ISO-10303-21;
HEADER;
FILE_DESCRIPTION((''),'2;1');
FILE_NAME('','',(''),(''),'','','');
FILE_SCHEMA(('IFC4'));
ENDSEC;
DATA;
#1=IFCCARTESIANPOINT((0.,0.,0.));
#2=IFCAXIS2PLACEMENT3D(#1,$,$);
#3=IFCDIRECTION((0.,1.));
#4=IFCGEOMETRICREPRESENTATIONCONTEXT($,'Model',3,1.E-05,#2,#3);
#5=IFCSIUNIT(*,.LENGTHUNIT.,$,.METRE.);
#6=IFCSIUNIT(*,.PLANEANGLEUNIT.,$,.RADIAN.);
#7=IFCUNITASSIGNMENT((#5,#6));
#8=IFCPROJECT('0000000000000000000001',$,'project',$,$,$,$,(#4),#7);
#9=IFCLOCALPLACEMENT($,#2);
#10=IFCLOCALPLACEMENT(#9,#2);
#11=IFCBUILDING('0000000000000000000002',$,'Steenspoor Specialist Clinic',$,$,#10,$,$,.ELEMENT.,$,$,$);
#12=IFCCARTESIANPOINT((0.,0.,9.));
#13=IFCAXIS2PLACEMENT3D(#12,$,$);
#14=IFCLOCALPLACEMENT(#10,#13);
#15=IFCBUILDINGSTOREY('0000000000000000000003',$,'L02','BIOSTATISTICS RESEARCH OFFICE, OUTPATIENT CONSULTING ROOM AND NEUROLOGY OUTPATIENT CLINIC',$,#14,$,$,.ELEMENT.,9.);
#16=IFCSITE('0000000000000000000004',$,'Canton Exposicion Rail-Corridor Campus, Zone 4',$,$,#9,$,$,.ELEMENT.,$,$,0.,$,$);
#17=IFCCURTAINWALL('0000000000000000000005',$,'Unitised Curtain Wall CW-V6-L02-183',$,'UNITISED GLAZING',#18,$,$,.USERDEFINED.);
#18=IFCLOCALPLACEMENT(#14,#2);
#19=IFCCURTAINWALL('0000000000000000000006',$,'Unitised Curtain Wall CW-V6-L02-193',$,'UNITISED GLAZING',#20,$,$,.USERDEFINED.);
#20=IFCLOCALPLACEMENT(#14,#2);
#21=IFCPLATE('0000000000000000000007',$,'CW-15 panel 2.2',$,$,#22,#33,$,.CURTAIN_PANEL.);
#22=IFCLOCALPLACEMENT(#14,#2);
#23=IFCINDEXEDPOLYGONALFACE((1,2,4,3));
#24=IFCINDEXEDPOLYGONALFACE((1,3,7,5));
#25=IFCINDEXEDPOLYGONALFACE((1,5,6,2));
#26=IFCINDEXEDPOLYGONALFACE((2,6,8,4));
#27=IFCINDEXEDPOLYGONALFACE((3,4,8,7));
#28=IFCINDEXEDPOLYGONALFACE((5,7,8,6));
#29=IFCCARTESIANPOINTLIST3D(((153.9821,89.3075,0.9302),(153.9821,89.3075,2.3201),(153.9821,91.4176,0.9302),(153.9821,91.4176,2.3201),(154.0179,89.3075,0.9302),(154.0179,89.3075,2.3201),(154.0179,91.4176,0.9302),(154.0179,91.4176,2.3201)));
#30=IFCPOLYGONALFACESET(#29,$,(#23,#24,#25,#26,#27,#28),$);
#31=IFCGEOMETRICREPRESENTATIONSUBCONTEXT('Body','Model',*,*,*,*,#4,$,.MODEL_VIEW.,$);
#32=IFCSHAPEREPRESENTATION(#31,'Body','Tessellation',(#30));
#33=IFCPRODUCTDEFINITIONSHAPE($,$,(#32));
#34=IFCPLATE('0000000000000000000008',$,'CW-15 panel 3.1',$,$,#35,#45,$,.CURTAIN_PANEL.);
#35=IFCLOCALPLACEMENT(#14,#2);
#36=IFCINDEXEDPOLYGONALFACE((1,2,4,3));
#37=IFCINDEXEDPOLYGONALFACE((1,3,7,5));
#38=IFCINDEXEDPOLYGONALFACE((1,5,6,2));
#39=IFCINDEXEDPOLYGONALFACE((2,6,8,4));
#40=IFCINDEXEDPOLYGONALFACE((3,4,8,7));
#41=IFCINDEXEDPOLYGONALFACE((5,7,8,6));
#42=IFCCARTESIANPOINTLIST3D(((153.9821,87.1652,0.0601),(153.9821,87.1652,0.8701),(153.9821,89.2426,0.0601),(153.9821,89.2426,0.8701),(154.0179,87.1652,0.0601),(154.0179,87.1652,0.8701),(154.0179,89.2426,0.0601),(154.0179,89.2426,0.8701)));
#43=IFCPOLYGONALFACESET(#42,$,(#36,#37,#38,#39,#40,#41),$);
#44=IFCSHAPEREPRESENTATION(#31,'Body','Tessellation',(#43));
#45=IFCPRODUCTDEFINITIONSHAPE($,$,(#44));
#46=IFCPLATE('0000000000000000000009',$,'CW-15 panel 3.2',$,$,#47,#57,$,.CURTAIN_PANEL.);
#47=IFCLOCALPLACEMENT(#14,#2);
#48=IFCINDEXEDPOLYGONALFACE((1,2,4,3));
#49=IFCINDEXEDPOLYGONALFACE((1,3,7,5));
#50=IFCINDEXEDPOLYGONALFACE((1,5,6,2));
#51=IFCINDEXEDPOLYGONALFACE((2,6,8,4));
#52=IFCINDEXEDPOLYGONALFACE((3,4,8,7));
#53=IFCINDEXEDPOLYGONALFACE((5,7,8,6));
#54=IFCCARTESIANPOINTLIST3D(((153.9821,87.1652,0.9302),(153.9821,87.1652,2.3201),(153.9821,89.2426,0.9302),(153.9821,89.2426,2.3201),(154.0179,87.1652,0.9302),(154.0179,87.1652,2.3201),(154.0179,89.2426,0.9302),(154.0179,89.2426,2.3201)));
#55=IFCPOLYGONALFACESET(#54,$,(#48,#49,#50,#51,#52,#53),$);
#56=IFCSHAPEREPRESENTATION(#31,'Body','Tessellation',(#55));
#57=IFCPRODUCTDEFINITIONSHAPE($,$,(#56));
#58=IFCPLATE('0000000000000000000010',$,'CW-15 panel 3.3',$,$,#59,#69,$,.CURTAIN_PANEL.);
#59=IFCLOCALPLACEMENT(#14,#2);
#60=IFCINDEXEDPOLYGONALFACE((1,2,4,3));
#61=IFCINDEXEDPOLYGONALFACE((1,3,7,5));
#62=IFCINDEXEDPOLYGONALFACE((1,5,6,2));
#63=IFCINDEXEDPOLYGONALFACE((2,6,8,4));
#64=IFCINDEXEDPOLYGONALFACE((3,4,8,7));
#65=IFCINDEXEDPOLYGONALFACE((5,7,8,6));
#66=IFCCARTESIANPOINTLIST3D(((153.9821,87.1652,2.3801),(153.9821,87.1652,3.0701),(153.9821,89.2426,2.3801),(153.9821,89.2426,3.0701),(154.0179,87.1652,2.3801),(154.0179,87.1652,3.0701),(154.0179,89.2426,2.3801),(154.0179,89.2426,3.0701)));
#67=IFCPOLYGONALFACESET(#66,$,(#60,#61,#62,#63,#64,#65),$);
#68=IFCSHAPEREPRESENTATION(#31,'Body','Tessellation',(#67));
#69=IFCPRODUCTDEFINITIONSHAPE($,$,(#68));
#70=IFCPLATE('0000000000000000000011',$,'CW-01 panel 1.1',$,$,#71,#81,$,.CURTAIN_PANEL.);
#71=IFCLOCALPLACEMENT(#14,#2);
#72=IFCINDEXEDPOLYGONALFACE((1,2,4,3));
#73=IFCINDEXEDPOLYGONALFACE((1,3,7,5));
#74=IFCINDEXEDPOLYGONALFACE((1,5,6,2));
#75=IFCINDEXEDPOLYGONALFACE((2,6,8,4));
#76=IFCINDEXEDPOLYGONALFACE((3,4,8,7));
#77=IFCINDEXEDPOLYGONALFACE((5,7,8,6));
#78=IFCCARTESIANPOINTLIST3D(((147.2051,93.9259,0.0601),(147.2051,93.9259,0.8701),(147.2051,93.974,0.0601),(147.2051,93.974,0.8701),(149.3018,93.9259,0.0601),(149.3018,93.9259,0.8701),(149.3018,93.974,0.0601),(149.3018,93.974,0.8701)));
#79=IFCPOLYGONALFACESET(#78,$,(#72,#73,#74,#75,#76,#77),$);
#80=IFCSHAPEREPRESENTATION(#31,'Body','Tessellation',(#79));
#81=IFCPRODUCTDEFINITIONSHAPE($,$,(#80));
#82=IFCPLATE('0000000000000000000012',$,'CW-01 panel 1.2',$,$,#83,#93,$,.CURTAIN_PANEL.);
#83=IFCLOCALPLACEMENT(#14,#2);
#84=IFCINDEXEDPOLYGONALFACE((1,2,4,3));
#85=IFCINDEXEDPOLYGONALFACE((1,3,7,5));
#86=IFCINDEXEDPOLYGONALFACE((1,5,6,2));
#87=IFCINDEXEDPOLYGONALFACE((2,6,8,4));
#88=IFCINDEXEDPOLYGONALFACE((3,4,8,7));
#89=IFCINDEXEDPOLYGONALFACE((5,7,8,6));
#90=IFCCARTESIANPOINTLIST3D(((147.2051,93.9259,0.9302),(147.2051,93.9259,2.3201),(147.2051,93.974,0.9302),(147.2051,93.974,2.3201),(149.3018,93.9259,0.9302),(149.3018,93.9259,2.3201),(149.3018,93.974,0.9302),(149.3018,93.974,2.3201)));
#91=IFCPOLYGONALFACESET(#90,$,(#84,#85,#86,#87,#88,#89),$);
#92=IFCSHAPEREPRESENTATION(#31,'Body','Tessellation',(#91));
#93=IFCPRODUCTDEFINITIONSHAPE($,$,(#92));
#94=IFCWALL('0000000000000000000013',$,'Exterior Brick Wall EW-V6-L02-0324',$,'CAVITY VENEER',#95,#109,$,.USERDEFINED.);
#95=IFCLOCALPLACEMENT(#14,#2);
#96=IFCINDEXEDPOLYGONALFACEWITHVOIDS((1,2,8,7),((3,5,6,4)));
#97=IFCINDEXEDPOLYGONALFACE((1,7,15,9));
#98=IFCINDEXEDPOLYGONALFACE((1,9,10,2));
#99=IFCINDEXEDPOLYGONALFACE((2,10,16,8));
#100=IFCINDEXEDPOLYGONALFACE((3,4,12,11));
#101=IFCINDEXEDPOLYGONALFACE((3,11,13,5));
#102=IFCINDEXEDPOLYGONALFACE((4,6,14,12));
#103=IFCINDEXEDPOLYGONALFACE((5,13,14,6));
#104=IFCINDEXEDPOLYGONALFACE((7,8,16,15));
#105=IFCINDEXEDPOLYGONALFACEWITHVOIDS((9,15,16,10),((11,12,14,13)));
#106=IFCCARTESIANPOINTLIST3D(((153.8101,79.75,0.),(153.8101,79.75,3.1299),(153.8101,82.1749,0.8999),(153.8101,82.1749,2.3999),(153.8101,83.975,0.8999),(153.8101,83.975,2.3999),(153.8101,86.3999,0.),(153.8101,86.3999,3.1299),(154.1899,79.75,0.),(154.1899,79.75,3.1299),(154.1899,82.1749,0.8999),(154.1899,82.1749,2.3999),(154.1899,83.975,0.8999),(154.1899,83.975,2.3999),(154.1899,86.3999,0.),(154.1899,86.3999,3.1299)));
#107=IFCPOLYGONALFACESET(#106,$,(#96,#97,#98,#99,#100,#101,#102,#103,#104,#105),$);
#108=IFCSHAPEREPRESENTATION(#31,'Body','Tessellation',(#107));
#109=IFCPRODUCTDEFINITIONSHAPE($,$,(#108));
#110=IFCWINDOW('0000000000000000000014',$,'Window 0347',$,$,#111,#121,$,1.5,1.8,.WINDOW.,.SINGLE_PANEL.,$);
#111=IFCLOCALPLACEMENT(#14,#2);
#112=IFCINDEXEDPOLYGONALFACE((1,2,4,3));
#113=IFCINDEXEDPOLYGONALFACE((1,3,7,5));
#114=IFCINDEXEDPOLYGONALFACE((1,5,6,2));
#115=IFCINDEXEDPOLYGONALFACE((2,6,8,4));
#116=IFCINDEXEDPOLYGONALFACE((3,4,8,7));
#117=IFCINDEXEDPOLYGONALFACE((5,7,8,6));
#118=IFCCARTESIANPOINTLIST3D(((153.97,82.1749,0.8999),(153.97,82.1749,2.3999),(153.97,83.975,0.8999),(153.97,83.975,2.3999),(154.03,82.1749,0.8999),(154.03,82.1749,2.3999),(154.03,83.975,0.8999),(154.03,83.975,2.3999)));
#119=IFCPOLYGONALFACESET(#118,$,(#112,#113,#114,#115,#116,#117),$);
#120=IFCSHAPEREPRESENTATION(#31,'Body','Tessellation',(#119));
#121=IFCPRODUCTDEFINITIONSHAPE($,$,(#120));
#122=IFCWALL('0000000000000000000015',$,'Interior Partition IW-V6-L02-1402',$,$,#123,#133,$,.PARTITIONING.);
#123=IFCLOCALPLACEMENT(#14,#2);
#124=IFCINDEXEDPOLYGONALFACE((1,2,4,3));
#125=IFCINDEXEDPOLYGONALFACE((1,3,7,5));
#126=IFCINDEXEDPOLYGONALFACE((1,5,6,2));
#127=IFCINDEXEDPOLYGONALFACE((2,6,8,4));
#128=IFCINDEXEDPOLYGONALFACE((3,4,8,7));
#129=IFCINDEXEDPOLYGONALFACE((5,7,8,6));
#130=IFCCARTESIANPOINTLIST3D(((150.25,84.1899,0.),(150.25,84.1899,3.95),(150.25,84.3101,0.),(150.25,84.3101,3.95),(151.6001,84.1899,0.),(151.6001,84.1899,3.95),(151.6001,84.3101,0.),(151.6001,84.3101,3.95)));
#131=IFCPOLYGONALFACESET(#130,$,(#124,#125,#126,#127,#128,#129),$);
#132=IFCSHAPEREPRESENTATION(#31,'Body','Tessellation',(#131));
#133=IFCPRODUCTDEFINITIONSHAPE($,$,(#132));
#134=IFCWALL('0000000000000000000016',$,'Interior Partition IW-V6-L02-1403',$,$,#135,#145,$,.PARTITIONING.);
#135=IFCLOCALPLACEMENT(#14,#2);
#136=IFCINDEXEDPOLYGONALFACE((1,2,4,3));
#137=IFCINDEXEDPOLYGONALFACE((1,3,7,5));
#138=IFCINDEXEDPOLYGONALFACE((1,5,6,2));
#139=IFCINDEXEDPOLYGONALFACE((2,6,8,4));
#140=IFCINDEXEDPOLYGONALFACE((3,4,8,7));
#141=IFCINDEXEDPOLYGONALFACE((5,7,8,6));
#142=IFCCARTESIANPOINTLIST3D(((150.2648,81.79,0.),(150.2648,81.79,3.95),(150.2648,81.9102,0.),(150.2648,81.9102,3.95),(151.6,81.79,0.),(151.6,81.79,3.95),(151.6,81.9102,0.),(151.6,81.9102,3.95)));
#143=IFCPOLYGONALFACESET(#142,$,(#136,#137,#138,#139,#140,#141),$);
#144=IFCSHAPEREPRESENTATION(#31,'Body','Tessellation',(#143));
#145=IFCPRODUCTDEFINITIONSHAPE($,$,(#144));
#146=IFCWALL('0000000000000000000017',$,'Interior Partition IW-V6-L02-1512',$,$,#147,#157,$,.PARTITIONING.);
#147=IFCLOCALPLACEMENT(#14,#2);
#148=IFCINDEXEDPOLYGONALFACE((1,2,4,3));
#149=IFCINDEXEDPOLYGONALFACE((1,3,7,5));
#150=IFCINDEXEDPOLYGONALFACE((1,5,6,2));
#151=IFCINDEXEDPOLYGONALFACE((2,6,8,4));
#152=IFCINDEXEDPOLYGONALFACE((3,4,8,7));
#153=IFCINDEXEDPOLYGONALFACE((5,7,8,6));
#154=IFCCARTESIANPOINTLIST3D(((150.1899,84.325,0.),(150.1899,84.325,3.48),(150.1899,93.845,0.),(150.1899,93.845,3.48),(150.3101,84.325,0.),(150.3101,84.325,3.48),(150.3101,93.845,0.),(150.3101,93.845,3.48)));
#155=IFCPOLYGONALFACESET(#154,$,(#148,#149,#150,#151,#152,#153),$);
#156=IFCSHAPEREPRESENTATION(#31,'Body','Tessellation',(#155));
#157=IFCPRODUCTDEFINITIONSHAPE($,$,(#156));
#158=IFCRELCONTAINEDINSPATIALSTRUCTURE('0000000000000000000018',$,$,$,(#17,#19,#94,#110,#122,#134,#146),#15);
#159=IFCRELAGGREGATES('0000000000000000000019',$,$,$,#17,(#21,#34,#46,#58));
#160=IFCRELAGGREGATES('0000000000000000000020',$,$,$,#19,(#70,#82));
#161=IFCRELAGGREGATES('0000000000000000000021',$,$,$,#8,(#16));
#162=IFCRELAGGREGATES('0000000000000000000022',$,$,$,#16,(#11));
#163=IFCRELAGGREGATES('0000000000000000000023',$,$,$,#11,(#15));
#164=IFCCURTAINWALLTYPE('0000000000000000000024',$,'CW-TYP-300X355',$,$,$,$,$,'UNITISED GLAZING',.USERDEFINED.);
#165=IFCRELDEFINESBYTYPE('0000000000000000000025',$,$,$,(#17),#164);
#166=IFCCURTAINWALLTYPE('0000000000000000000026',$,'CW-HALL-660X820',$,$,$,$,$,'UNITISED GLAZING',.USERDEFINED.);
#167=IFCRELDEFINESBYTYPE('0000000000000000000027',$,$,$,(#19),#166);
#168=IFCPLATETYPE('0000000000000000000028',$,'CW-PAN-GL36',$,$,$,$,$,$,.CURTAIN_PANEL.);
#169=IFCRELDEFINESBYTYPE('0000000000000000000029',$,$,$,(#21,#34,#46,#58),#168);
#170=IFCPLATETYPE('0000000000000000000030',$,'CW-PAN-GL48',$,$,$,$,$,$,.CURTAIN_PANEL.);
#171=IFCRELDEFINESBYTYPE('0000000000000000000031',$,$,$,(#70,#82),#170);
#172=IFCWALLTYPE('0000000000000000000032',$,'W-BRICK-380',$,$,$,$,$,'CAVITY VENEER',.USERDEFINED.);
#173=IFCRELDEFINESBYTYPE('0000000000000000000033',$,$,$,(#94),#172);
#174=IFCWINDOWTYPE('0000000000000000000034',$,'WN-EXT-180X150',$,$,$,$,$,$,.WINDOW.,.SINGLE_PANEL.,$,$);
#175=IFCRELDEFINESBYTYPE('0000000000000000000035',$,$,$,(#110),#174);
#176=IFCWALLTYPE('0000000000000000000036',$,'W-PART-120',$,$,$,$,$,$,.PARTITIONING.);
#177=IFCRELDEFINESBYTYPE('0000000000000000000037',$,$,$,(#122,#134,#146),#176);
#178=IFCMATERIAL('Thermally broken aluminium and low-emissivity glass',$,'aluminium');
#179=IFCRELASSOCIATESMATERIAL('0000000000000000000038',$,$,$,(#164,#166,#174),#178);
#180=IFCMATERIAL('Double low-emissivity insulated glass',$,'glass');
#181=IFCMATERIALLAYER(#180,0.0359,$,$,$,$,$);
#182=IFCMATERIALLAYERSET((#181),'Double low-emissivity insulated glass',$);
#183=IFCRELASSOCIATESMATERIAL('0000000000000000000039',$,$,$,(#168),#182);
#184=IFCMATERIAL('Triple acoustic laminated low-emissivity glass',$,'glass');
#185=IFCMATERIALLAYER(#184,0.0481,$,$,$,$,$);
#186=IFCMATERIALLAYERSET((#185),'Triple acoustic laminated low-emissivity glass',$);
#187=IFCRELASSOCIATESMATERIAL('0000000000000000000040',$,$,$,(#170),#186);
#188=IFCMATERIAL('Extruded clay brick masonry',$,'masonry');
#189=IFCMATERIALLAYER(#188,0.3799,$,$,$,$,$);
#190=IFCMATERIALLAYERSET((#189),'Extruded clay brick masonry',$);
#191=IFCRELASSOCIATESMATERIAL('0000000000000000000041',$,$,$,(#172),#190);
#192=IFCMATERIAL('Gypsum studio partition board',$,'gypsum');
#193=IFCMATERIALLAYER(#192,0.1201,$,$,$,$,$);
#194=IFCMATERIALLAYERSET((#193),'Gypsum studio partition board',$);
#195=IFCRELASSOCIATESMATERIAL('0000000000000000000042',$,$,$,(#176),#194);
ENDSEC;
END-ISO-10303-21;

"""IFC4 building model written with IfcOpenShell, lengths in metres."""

from ifc_helpers import new_model, si_unit, direction, frame, frame_2d, origin, origin_2d, place, context, subcontext, project, spatial, rectangle, extrude, material, layer, layer_set, type_object, element, fill, aggregate, save


model = new_model("IFC4")

# Units and contexts
model_context = context("Model", 3, precision=1e-05, world=origin(), true_north=direction((0.0, 1.0)))
body_context = subcontext(model_context, "Body", "Model", "MODEL_VIEW")
ifc_project = project(units=[si_unit("LENGTHUNIT", "METRE"), si_unit("PLANEANGLEUNIT", "RADIAN")], contexts=[model_context])

# Site, building, storey
site_placement = place(None, origin())
site = spatial("IfcSite", under=ifc_project, at=site_placement, Name="Canton Exposicion Rail-Corridor Campus, Zone 4", CompositionType="ELEMENT", RefElevation=0.0)
building_placement = place(site_placement, origin())
building = spatial("IfcBuilding", under=site, at=building_placement, Name="Steenspoor Specialist Clinic", CompositionType="ELEMENT")
storey_placement = place(building_placement, frame((0.0, 0.0, 9.0)))
storey = spatial("IfcBuildingStorey", under=building, at=storey_placement, Name="L02", Description="BIOSTATISTICS RESEARCH OFFICE, OUTPATIENT CONSULTING ROOM AND NEUROLOGY OUTPATIENT CLINIC", CompositionType="ELEMENT", Elevation=9.0)

# Curtain wall
ifc_material_1 = material(Name="Thermally broken aluminium and low-emissivity glass", Category="aluminium")
curtain_wall_type_1 = type_object("IfcCurtainWallType", Name="CW-TYP-300X355", ElementType="UNITISED GLAZING", PredefinedType="USERDEFINED", material=ifc_material_1)
curtain_wall_1_placement = place(storey_placement, origin())
curtain_wall_1 = element("IfcCurtainWall", 1, at=curtain_wall_1_placement, inside=storey, type_object=curtain_wall_type_1, Name="Unitised Curtain Wall CW-V6-L02-183", ObjectType="UNITISED GLAZING", PredefinedType="USERDEFINED")

# Curtain wall
curtain_wall_type_2 = type_object("IfcCurtainWallType", Name="CW-HALL-660X820", ElementType="UNITISED GLAZING", PredefinedType="USERDEFINED", material=ifc_material_1)
curtain_wall_2_placement = place(storey_placement, origin())
curtain_wall_2 = element("IfcCurtainWall", 2, at=curtain_wall_2_placement, inside=storey, type_object=curtain_wall_type_2, Name="Unitised Curtain Wall CW-V6-L02-193", ObjectType="UNITISED GLAZING", PredefinedType="USERDEFINED")

# Plates
ifc_material_2 = material(Name="Double low-emissivity insulated glass", Category="glass")
ifc_layer_1 = layer(ifc_material_2, 0.0359)
ifc_layer_set_1 = layer_set([ifc_layer_1], Name="Double low-emissivity insulated glass")
plate_type_1 = type_object("IfcPlateType", Name="CW-PAN-GL36", PredefinedType="CURTAIN_PANEL", material=ifc_layer_set_1)
plate_1_placement = place(storey_placement, frame((154.0, 90.3625, 0.9302), z_axis=(0.0, 0.0, 1.0), x_axis=(0.0, -1.0, 0.0)))
plate_1 = element("IfcPlate", 3, at=plate_1_placement, type_object=plate_type_1, Name="CW-15 panel 2.2", PredefinedType="CURTAIN_PANEL", context=body_context, shape_type="SweptSolid", body=[
    extrude(rectangle(XDim=2.1101, YDim=0.0359, at=origin_2d()), origin(), (0.0, 0.0, 1.0), 1.3899),
])
plate_2_placement = place(storey_placement, frame((154.0, 88.2039, 0.0601), z_axis=(0.0, 0.0, 1.0), x_axis=(0.0, -1.0, 0.0)))
plate_2 = element("IfcPlate", 4, at=plate_2_placement, type_object=plate_type_1, Name="CW-15 panel 3.1", PredefinedType="CURTAIN_PANEL", context=body_context, shape_type="SweptSolid", body=[
    extrude(rectangle(XDim=2.0774, YDim=0.0359, at=origin_2d()), origin(), (0.0, 0.0, 1.0), 0.8101),
])
plate_3_placement = place(storey_placement, frame((154.0, 88.2039, 0.9302), z_axis=(0.0, 0.0, 1.0), x_axis=(0.0, -1.0, 0.0)))
plate_3 = element("IfcPlate", 5, at=plate_3_placement, type_object=plate_type_1, Name="CW-15 panel 3.2", PredefinedType="CURTAIN_PANEL", context=body_context, shape_type="SweptSolid", body=[
    extrude(rectangle(XDim=2.0774, YDim=0.0359, at=origin_2d()), origin(), (0.0, 0.0, 1.0), 1.3899),
])
plate_4_placement = place(storey_placement, frame((154.0, 88.2039, 2.3801), z_axis=(0.0, 0.0, 1.0), x_axis=(0.0, -1.0, 0.0)))
plate_4 = element("IfcPlate", 6, at=plate_4_placement, type_object=plate_type_1, Name="CW-15 panel 3.3", PredefinedType="CURTAIN_PANEL", context=body_context, shape_type="SweptSolid", body=[
    extrude(rectangle(XDim=2.0774, YDim=0.0359, at=origin_2d()), origin(), (0.0, 0.0, 1.0), 0.6899),
])
aggregate(curtain_wall_1, [plate_1, plate_2, plate_3, plate_4])
ifc_material_3 = material(Name="Triple acoustic laminated low-emissivity glass", Category="glass")
ifc_layer_2 = layer(ifc_material_3, 0.0481)
ifc_layer_set_2 = layer_set([ifc_layer_2], Name="Triple acoustic laminated low-emissivity glass")
plate_type_2 = type_object("IfcPlateType", Name="CW-PAN-GL48", PredefinedType="CURTAIN_PANEL", material=ifc_layer_set_2)
plate_5_placement = place(storey_placement, frame((148.2534, 93.95, 0.0601), z_axis=(0.0, 0.0, 1.0), x_axis=(1.0, 0.0, 0.0)))
plate_5 = element("IfcPlate", 7, at=plate_5_placement, type_object=plate_type_2, Name="CW-01 panel 1.1", PredefinedType="CURTAIN_PANEL", context=body_context, shape_type="SweptSolid", body=[
    extrude(rectangle(XDim=2.0967, YDim=0.0481, at=origin_2d()), origin(), (0.0, 0.0, 1.0), 0.8101),
])
plate_6_placement = place(storey_placement, frame((148.2534, 93.95, 0.9302), z_axis=(0.0, 0.0, 1.0), x_axis=(1.0, 0.0, 0.0)))
plate_6 = element("IfcPlate", 8, at=plate_6_placement, type_object=plate_type_2, Name="CW-01 panel 1.2", PredefinedType="CURTAIN_PANEL", context=body_context, shape_type="SweptSolid", body=[
    extrude(rectangle(XDim=2.0967, YDim=0.0481, at=origin_2d()), origin(), (0.0, 0.0, 1.0), 1.3899),
])
aggregate(curtain_wall_2, [plate_5, plate_6])

# Wall, opening, window
ifc_material_4 = material(Name="Extruded clay brick masonry", Category="masonry")
ifc_layer_3 = layer(ifc_material_4, 0.3799)
ifc_layer_set_3 = layer_set([ifc_layer_3], Name="Extruded clay brick masonry")
wall_type_1 = type_object("IfcWallType", Name="W-BRICK-380", ElementType="CAVITY VENEER", PredefinedType="USERDEFINED", material=ifc_layer_set_3)
wall_1_placement = place(storey_placement, frame((154.0, 86.3999, 0.0), z_axis=(0.0, 0.0, 1.0), x_axis=(0.0, -1.0, 0.0)))
wall_1 = element("IfcWall", 9, at=wall_1_placement, inside=storey, type_object=wall_type_1, Name="Exterior Brick Wall EW-V6-L02-0324", ObjectType="CAVITY VENEER", PredefinedType="USERDEFINED", context=body_context, shape_type="SweptSolid", body=[
    extrude(rectangle(XDim=6.6499, YDim=0.3799, at=frame_2d((3.325, 0.0))), origin(), (0.0, 0.0, 1.0), 3.1299),
])
opening_1_placement = place(wall_1_placement, frame((2.425, 0.0, 0.8999)))
opening_1 = element("IfcOpeningElement", 10, at=opening_1_placement, cuts=wall_1, PredefinedType="OPENING", context=body_context, shape_type="SweptSolid", body=[
    extrude(rectangle(XDim=1.8, YDim=1.5, at=frame_2d((0.8999, 0.75))), frame((0.0, 0.2, 0.0), z_axis=(0.0, -1.0, 0.0), x_axis=(1.0, 0.0, 0.0)), (0.0, 0.0, 1.0), 0.3999),
])
window_type = type_object("IfcWindowType", Name="WN-EXT-180X150", PartitioningType="SINGLE_PANEL", PredefinedType="WINDOW", material=ifc_material_1)
window_placement = place(opening_1_placement, origin())
window = element("IfcWindow", 11, at=window_placement, inside=storey, type_object=window_type, Name="Window 0347", OverallHeight=1.5, OverallWidth=1.8, PartitioningType="SINGLE_PANEL", PredefinedType="WINDOW", context=body_context, shape_type="SweptSolid", body=[
    extrude(rectangle(XDim=1.8, YDim=1.5, at=frame_2d((0.8999, 0.75))), frame((0.0, 0.03, 0.0), z_axis=(0.0, -1.0, 0.0), x_axis=(1.0, 0.0, 0.0)), (0.0, 0.0, 1.0), 0.0601),
])
fill(opening_1, window)

# Walls
ifc_material_5 = material(Name="Gypsum studio partition board", Category="gypsum")
ifc_layer_4 = layer(ifc_material_5, 0.1201)
ifc_layer_set_4 = layer_set([ifc_layer_4], Name="Gypsum studio partition board")
wall_type_2 = type_object("IfcWallType", Name="W-PART-120", PredefinedType="PARTITIONING", material=ifc_layer_set_4)
wall_2_placement = place(storey_placement, frame((150.25, 84.25, 0.0), z_axis=(0.0, 0.0, 1.0), x_axis=(1.0, 0.0, 0.0)))
element("IfcWall", 12, at=wall_2_placement, inside=storey, type_object=wall_type_2, Name="Interior Partition IW-V6-L02-1402", PredefinedType="PARTITIONING", context=body_context, shape_type="SweptSolid", body=[
    extrude(rectangle(XDim=1.3501, YDim=0.1201, at=frame_2d((0.675, 0.0))), origin(), (0.0, 0.0, 1.0), 3.95),
])
wall_3_placement = place(storey_placement, frame((150.2649, 81.8501, 0.0), z_axis=(0.0, 0.0, 1.0), x_axis=(1.0, 0.0, 0.0)))
element("IfcWall", 13, at=wall_3_placement, inside=storey, type_object=wall_type_2, Name="Interior Partition IW-V6-L02-1403", PredefinedType="PARTITIONING", context=body_context, shape_type="SweptSolid", body=[
    extrude(rectangle(XDim=1.3352, YDim=0.1201, at=frame_2d((0.6675, 0.0))), origin(), (0.0, 0.0, 1.0), 3.95),
])

# Wall
wall_4_placement = place(storey_placement, frame((150.25, 84.325, 0.0), z_axis=(0.0, 0.0, 1.0), x_axis=(0.0, 1.0, 0.0)))
element("IfcWall", 14, at=wall_4_placement, inside=storey, type_object=wall_type_2, Name="Interior Partition IW-V6-L02-1512", PredefinedType="PARTITIONING", context=body_context, shape_type="SweptSolid", body=[
    extrude(rectangle(XDim=9.52, YDim=0.1201, at=frame_2d((4.76, 0.0))), origin(), (0.0, 0.0, 1.0), 3.48),
])

save(model, "model.ifc")
